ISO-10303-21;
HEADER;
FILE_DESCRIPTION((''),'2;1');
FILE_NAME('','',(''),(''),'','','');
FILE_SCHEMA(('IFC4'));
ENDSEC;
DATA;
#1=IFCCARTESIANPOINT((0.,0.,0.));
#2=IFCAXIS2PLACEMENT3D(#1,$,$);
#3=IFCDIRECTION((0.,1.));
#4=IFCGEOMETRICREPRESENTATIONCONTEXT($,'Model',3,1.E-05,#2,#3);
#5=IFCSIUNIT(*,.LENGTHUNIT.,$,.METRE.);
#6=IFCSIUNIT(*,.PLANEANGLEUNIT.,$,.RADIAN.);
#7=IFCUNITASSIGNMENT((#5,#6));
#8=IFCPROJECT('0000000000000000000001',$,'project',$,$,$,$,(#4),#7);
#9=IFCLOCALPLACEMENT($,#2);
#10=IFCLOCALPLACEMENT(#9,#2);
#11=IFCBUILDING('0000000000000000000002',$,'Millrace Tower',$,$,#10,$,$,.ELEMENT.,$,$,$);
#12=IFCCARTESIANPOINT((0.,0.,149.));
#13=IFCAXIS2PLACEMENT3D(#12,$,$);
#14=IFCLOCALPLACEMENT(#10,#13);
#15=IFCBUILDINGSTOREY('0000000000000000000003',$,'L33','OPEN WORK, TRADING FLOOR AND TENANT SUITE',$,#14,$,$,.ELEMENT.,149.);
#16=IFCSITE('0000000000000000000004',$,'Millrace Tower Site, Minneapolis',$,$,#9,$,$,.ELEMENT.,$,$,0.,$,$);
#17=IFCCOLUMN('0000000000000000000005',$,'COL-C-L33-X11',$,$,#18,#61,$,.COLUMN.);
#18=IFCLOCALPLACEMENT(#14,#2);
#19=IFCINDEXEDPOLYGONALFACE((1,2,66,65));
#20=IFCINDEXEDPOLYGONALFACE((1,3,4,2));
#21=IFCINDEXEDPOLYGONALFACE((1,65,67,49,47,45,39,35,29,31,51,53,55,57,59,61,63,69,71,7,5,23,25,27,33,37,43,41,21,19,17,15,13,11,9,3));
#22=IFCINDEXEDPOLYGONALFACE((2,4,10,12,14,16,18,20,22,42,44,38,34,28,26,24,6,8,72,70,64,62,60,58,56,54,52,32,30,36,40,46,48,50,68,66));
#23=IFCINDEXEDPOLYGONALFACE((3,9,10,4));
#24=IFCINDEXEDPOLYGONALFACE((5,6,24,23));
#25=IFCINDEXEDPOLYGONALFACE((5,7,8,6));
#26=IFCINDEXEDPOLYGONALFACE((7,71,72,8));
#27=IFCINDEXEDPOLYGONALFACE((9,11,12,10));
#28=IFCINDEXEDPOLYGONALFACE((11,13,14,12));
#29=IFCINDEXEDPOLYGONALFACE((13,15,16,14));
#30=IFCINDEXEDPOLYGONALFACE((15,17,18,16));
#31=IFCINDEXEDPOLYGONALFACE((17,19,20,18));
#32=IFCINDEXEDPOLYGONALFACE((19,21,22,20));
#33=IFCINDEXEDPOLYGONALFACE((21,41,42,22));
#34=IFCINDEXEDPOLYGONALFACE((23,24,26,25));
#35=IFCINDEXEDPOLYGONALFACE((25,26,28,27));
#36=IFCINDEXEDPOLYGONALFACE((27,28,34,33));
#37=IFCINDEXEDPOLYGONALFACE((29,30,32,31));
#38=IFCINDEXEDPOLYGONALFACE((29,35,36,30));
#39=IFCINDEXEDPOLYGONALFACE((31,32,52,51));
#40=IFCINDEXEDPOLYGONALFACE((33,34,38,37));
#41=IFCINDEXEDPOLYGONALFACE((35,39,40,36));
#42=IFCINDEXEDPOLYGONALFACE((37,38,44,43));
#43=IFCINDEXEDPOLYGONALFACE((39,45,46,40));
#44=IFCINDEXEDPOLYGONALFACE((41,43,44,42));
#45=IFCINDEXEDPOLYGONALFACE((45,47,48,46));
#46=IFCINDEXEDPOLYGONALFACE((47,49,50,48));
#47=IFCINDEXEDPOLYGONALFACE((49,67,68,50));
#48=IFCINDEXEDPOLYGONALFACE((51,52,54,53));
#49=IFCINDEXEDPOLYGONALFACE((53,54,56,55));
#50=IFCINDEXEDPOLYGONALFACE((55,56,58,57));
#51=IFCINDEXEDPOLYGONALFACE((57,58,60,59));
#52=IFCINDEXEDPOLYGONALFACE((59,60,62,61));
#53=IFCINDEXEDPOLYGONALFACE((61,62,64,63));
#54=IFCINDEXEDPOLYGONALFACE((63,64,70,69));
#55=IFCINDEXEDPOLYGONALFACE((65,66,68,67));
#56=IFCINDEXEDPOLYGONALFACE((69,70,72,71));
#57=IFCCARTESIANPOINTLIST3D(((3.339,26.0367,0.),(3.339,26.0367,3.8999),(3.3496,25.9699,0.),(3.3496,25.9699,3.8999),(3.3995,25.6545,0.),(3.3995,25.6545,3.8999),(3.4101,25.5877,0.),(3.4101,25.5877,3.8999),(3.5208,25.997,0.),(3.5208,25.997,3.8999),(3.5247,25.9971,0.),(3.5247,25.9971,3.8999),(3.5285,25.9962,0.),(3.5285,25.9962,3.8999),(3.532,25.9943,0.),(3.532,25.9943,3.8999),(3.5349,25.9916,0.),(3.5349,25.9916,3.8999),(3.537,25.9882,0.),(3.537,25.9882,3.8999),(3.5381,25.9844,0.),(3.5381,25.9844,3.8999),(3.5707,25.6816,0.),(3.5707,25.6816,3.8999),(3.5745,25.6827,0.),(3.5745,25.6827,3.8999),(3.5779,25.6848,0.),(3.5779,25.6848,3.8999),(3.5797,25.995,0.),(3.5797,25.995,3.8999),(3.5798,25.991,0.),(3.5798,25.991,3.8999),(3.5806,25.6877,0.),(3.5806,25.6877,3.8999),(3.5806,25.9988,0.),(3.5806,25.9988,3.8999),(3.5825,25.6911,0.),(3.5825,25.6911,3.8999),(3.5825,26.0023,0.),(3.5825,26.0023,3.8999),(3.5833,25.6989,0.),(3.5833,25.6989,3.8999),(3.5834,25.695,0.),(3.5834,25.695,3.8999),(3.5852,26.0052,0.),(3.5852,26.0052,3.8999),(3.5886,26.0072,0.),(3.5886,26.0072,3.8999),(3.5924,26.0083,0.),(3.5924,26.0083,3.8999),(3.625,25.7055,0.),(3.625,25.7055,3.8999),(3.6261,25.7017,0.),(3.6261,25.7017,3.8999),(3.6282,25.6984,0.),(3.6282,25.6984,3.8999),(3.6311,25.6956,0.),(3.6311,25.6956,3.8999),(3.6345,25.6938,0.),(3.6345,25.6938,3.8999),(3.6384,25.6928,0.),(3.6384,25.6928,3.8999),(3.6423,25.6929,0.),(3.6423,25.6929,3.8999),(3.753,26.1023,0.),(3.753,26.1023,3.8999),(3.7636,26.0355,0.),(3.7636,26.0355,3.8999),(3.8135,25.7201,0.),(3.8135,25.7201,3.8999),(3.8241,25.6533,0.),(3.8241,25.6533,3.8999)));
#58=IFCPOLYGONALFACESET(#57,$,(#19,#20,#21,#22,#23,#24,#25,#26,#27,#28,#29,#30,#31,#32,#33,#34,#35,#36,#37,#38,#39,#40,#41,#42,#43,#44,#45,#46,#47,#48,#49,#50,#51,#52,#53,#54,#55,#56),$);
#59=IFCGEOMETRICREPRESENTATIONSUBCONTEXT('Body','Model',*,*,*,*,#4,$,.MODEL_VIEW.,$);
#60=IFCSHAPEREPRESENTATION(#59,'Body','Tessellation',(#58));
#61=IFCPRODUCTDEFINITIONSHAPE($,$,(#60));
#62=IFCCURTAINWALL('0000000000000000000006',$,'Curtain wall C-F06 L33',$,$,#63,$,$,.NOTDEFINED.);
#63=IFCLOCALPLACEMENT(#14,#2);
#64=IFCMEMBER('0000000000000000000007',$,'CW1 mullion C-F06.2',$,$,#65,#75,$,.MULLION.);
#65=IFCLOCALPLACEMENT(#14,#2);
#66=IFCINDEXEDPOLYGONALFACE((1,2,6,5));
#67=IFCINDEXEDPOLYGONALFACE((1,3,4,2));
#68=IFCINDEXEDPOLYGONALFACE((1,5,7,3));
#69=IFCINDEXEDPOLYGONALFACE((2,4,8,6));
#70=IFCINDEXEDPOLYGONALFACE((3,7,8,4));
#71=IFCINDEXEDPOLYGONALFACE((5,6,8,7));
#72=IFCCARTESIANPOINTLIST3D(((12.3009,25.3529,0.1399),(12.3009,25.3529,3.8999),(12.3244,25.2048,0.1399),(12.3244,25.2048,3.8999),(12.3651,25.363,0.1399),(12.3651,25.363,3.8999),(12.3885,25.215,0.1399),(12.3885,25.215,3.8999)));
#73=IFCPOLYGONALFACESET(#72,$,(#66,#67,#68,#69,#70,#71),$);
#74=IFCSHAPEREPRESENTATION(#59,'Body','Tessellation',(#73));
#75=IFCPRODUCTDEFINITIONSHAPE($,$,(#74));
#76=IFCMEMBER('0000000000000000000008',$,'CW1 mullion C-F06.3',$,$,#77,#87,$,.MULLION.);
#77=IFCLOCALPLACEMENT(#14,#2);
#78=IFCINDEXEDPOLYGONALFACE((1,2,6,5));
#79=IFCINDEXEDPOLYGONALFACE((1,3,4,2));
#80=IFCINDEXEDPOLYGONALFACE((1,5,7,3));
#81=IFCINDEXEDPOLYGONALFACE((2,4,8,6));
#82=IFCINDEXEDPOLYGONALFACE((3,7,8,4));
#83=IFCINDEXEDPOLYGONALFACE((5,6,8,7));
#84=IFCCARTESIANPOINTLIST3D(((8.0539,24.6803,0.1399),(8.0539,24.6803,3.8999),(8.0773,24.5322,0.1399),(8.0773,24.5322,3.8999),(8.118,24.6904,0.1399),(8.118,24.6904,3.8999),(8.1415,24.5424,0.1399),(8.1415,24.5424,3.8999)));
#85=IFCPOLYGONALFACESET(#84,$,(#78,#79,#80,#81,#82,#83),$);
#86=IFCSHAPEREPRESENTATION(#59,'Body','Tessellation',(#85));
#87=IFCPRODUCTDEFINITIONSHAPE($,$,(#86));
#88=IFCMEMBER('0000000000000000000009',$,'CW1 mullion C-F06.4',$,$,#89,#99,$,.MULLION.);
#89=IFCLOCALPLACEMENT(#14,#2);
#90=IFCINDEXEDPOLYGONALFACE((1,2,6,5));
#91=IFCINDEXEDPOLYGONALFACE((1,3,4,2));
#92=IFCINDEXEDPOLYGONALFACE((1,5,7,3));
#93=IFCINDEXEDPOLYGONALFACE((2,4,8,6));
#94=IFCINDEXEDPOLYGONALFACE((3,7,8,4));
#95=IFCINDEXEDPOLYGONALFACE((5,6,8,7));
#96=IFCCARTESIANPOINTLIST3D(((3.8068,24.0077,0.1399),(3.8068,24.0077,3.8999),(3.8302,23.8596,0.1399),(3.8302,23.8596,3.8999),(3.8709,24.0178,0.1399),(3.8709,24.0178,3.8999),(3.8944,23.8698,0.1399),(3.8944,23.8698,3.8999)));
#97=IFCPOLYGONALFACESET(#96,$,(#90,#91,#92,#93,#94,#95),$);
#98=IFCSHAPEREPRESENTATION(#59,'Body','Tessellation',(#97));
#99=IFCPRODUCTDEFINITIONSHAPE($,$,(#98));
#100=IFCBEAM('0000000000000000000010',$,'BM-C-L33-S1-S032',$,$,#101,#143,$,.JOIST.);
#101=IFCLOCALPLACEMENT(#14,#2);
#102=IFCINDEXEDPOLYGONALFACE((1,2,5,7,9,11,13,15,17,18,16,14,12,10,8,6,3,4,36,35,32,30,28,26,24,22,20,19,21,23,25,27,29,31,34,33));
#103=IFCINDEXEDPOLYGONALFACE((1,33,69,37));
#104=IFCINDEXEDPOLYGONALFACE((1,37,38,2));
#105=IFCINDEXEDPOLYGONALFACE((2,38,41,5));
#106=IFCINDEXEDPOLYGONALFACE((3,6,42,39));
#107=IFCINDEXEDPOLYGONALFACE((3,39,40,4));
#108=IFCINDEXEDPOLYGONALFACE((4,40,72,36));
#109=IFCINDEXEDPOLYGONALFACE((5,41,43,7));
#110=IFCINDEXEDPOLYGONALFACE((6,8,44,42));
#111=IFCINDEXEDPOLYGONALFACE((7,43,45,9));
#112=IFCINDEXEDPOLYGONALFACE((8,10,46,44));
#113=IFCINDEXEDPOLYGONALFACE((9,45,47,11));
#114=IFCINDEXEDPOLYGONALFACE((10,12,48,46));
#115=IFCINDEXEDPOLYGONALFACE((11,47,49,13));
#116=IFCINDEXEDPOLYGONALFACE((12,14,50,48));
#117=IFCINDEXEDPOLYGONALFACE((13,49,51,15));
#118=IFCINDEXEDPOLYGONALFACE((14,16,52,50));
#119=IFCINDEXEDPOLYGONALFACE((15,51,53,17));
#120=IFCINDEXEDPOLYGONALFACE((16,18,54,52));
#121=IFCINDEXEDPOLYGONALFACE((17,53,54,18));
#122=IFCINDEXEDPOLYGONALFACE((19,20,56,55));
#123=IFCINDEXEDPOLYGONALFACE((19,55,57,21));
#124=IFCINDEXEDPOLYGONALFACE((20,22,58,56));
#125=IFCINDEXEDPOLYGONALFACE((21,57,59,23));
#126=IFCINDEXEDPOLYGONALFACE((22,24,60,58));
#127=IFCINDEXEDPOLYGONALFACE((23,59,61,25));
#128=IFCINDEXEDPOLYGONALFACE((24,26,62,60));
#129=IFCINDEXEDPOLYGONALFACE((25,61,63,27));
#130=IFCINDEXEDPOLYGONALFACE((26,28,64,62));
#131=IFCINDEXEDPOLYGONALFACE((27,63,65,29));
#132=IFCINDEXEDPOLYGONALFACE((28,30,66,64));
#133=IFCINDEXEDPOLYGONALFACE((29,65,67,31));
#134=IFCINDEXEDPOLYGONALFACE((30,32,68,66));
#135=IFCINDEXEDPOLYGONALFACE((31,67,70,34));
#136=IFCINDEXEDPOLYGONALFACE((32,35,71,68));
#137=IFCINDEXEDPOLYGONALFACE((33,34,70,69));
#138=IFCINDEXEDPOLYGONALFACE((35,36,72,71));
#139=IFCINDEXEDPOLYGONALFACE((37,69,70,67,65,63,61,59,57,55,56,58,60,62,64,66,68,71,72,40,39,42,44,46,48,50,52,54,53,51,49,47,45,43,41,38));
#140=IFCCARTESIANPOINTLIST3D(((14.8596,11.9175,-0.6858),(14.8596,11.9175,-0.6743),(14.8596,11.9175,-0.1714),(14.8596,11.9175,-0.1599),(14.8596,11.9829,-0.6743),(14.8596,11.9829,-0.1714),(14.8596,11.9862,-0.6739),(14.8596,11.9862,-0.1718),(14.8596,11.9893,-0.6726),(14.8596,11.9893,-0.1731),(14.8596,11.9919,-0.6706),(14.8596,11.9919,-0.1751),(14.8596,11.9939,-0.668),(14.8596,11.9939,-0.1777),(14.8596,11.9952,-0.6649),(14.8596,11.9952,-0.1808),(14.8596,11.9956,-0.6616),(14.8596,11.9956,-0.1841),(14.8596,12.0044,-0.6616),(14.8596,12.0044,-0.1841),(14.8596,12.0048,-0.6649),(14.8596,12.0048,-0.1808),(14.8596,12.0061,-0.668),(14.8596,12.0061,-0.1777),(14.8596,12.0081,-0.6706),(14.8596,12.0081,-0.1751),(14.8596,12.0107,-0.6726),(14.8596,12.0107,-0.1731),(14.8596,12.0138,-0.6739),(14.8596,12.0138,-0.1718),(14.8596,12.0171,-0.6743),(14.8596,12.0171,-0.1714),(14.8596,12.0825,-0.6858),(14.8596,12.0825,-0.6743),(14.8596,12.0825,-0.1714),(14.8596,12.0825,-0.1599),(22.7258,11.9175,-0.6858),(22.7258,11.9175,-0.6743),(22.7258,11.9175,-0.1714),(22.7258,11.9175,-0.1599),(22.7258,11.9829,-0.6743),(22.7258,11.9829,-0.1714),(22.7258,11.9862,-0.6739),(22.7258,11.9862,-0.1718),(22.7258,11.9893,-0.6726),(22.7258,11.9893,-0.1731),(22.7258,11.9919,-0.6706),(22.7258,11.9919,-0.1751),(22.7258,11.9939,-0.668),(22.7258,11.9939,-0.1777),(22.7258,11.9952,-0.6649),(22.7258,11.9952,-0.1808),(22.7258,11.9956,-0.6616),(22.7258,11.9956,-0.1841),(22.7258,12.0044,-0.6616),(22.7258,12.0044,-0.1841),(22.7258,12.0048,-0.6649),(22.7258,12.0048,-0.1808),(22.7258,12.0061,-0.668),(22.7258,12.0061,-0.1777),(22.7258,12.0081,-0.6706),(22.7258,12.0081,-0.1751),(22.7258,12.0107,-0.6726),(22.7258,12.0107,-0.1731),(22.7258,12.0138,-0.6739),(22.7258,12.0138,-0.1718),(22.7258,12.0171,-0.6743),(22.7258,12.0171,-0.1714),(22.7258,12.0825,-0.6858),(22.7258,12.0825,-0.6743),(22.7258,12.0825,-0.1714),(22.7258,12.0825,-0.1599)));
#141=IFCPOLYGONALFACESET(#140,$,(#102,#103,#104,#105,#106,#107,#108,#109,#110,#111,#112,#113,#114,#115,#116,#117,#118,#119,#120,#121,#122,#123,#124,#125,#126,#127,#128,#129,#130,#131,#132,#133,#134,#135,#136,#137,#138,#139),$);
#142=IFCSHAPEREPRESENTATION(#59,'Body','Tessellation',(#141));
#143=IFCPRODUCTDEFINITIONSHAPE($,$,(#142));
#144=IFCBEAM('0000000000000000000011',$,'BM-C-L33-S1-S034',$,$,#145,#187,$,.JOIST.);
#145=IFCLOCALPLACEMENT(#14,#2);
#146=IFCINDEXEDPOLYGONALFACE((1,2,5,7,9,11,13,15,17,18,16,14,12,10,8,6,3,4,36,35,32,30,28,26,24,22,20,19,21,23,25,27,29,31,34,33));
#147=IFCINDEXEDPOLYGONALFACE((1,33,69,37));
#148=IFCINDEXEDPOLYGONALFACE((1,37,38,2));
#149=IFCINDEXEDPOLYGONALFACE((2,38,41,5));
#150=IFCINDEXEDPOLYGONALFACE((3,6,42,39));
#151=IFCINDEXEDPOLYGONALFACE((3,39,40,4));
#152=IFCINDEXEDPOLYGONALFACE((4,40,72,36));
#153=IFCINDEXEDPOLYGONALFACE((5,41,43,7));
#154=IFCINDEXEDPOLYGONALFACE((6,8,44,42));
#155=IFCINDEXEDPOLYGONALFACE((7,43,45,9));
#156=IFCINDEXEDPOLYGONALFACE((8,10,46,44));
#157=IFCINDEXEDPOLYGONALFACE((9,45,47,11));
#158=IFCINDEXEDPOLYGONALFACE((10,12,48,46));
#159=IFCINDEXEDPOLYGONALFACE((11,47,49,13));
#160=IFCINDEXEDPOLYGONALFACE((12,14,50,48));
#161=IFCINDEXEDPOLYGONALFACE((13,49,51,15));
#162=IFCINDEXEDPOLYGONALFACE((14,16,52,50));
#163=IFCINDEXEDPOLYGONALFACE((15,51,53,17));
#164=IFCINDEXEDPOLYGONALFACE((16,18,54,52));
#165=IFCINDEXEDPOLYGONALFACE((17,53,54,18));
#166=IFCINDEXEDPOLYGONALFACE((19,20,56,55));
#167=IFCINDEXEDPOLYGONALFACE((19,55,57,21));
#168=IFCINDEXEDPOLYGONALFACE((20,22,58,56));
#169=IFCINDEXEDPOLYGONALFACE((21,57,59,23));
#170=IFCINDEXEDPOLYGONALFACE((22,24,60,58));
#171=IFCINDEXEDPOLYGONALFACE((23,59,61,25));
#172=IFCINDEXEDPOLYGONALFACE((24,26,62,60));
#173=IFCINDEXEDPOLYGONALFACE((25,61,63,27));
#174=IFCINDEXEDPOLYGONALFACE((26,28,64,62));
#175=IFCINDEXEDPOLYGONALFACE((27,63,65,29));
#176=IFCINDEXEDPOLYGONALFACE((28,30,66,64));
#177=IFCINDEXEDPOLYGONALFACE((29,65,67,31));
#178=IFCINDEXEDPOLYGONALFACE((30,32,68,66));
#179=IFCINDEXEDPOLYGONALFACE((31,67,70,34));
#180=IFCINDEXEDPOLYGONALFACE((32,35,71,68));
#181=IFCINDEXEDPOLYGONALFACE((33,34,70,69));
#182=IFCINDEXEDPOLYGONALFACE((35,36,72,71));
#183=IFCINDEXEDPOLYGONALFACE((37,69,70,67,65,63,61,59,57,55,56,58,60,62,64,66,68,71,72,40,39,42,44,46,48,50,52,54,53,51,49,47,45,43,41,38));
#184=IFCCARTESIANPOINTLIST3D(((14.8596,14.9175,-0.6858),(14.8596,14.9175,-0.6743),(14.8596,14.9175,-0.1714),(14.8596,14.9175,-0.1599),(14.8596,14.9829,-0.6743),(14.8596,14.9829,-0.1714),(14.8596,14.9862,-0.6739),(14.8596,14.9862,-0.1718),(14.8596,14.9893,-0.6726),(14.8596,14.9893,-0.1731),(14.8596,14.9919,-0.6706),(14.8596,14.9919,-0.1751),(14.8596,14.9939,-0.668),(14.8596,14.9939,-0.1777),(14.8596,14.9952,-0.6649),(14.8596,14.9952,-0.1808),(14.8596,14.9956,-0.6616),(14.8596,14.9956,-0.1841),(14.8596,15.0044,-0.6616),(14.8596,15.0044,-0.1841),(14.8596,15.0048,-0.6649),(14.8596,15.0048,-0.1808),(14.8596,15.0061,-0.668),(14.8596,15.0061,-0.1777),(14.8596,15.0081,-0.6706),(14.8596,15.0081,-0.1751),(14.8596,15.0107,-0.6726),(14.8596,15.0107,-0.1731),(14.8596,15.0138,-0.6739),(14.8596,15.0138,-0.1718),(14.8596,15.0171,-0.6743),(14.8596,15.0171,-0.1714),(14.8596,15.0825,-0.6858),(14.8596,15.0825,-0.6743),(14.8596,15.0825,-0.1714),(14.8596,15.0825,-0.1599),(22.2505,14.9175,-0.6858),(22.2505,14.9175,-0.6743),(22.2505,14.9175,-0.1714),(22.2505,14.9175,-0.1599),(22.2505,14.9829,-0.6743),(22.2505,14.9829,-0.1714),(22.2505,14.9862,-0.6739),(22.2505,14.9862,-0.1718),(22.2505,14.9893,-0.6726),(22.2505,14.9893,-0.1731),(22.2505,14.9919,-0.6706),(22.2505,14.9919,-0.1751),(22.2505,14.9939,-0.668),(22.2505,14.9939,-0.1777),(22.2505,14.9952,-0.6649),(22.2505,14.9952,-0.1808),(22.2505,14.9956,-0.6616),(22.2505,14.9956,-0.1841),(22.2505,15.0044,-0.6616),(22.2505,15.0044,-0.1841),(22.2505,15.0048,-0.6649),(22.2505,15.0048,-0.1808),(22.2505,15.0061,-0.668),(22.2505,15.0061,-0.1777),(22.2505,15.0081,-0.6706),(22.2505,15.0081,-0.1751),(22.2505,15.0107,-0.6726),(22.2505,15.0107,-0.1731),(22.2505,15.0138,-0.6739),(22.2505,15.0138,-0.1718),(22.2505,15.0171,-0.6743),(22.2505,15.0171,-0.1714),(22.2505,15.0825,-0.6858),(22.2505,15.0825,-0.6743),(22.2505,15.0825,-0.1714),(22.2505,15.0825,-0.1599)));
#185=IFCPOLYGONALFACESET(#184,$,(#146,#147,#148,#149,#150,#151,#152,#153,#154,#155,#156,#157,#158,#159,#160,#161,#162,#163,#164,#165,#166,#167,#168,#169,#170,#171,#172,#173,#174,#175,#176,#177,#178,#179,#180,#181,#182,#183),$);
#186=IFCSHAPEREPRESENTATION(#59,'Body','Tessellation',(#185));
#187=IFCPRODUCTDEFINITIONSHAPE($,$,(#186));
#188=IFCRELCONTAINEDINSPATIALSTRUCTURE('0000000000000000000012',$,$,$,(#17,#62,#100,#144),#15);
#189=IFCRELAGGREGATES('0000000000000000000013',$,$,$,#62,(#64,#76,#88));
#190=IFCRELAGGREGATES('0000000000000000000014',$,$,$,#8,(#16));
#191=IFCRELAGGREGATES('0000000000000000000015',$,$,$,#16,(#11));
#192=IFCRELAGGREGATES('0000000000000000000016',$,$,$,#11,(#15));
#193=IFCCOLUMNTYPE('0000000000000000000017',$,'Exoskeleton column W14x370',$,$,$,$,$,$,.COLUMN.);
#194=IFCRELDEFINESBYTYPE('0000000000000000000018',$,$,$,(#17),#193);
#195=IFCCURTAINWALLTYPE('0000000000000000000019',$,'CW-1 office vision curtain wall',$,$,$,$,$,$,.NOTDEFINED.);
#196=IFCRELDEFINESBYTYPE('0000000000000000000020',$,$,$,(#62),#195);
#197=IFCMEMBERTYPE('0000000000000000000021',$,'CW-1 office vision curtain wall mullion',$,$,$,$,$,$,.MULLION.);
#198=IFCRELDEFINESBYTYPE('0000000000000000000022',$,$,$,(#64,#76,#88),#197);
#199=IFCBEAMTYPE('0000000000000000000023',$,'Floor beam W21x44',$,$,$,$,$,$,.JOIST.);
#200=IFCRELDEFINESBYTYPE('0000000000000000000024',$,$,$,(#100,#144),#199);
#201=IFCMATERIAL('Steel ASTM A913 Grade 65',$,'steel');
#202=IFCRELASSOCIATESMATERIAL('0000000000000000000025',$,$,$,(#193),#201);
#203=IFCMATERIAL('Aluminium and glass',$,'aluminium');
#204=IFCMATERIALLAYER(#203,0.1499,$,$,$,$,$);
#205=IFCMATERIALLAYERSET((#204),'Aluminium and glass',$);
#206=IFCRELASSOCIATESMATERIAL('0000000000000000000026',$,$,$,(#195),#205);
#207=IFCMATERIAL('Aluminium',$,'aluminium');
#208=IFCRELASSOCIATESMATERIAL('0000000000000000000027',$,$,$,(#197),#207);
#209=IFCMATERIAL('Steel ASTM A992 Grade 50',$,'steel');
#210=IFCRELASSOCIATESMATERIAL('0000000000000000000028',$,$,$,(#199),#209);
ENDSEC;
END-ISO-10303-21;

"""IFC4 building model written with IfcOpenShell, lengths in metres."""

from ifc_helpers import new_model, si_unit, direction, frame, origin, origin_2d, place, context, subcontext, project, spatial, rectangle, i_section, extrude, material, layer, layer_set, material_profile, profile_set, type_object, element, aggregate, save


model = new_model("IFC4")

# Units and contexts
model_context = context("Model", 3, precision=1e-05, world=origin(), true_north=direction((0.0, 1.0)))
body_context = subcontext(model_context, "Body", "Model", "MODEL_VIEW")
ifc_project = project(units=[si_unit("LENGTHUNIT", "METRE"), si_unit("PLANEANGLEUNIT", "RADIAN")], contexts=[model_context])

# Site, building, storey
site_placement = place(None, origin())
site = spatial("IfcSite", under=ifc_project, at=site_placement, Name="Millrace Tower Site, Minneapolis", CompositionType="ELEMENT", RefElevation=0.0)
building_placement = place(site_placement, origin())
building = spatial("IfcBuilding", under=site, at=building_placement, Name="Millrace Tower", CompositionType="ELEMENT")
storey_placement = place(building_placement, frame((0.0, 0.0, 149.0)))
storey = spatial("IfcBuildingStorey", under=building, at=storey_placement, Name="L33", Description="OPEN WORK, TRADING FLOOR AND TENANT SUITE", CompositionType="ELEMENT", Elevation=149.0)

# Column
ifc_material_1 = material(Name="Steel ASTM A913 Grade 65", Category="steel")
ifc_material_profile_1 = material_profile(ifc_material_1, i_section(OverallWidth=0.4192, OverallDepth=0.4546, WebThickness=0.0422, FlangeThickness=0.0676, FilletRadius=0.0151, at=origin_2d()))
ifc_profile_set_1 = profile_set([ifc_material_profile_1], Name="Steel ASTM A913 Grade 65")
column_type = type_object("IfcColumnType", Name="Exoskeleton column W14x370", PredefinedType="COLUMN", material=ifc_profile_set_1)
column_placement = place(storey_placement, frame((3.5815, 25.845, 0.0), z_axis=(0.0, 0.0, 1.0), x_axis=(-0.987688, -0.156434, 0.0)))
element("IfcColumn", 1, at=column_placement, inside=storey, type_object=column_type, Name="COL-C-L33-X11", PredefinedType="COLUMN", context=body_context, shape_type="SweptSolid", body=[
    extrude(i_section(OverallWidth=0.4192, OverallDepth=0.4546, WebThickness=0.0422, FlangeThickness=0.0676, FilletRadius=0.0151, at=origin_2d()), origin(), (0.0, 0.0, 1.0), 3.8999),
])

# Curtain wall, members
ifc_material_2 = material(Name="Aluminium and glass", Category="aluminium")
ifc_layer_1 = layer(ifc_material_2, 0.1499)
ifc_layer_set_1 = layer_set([ifc_layer_1], Name="Aluminium and glass")
curtain_wall_type = type_object("IfcCurtainWallType", Name="CW-1 office vision curtain wall", PredefinedType="NOTDEFINED", material=ifc_layer_set_1)
curtain_wall_placement = place(storey_placement, origin())
curtain_wall = element("IfcCurtainWall", 2, at=curtain_wall_placement, inside=storey, type_object=curtain_wall_type, Name="Curtain wall C-F06 L33", PredefinedType="NOTDEFINED")
ifc_material_3 = material(Name="Aluminium", Category="aluminium")
ifc_material_profile_2 = material_profile(ifc_material_3, rectangle(XDim=0.0649, YDim=0.1499, at=origin_2d()))
ifc_profile_set_2 = profile_set([ifc_material_profile_2], Name="Aluminium")
member_type = type_object("IfcMemberType", Name="CW-1 office vision curtain wall mullion", PredefinedType="MULLION", material=ifc_profile_set_2)
member_1_placement = place(storey_placement, frame((12.3447, 25.2839, 0.1399), z_axis=(0.0, 0.0, 1.0), x_axis=(-0.987688, -0.156434, 0.0)))
member_1 = element("IfcMember", 3, at=member_1_placement, type_object=member_type, Name="CW1 mullion C-F06.2", PredefinedType="MULLION", context=body_context, shape_type="SweptSolid", body=[
    extrude(rectangle(XDim=0.0649, YDim=0.1499, at=origin_2d()), origin(), (0.0, 0.0, 1.0), 3.76),
])
member_2_placement = place(storey_placement, frame((8.0977, 24.6113, 0.1399), z_axis=(0.0, 0.0, 1.0), x_axis=(-0.987688, -0.156434, 0.0)))
member_2 = element("IfcMember", 4, at=member_2_placement, type_object=member_type, Name="CW1 mullion C-F06.3", PredefinedType="MULLION", context=body_context, shape_type="SweptSolid", body=[
    extrude(rectangle(XDim=0.0649, YDim=0.1499, at=origin_2d()), origin(), (0.0, 0.0, 1.0), 3.76),
])
member_3_placement = place(storey_placement, frame((3.8506, 23.9387, 0.1399), z_axis=(0.0, 0.0, 1.0), x_axis=(-0.987688, -0.156434, 0.0)))
member_3 = element("IfcMember", 5, at=member_3_placement, type_object=member_type, Name="CW1 mullion C-F06.4", PredefinedType="MULLION", context=body_context, shape_type="SweptSolid", body=[
    extrude(rectangle(XDim=0.0649, YDim=0.1499, at=origin_2d()), origin(), (0.0, 0.0, 1.0), 3.76),
])
aggregate(curtain_wall, [member_1, member_2, member_3])

# Beams
ifc_material_4 = material(Name="Steel ASTM A992 Grade 50", Category="steel")
ifc_material_profile_3 = material_profile(ifc_material_4, i_section(OverallWidth=0.165, OverallDepth=0.5259, WebThickness=0.0088, FlangeThickness=0.0115, FilletRadius=0.0127, at=origin_2d()))
ifc_profile_set_3 = profile_set([ifc_material_profile_3], Name="Steel ASTM A992 Grade 50")
beam_type_1 = type_object("IfcBeamType", Name="Floor beam W21x44", PredefinedType="JOIST", material=ifc_profile_set_3)
beam_1_placement = place(storey_placement, frame((14.8596, 12.0, -0.4229), z_axis=(1.0, 0.0, 0.0), x_axis=(0.0, 1.0, 0.0)))
element("IfcBeam", 6, at=beam_1_placement, inside=storey, type_object=beam_type_1, Name="BM-C-L33-S1-S032", PredefinedType="JOIST", context=body_context, shape_type="SweptSolid", body=[
    extrude(i_section(OverallWidth=0.165, OverallDepth=0.5259, WebThickness=0.0088, FlangeThickness=0.0115, FilletRadius=0.0127, at=origin_2d()), origin(), (0.0, 0.0, 1.0), 7.8662),
])
beam_2_placement = place(storey_placement, frame((14.8596, 15.0, -0.4229), z_axis=(1.0, 0.0, 0.0), x_axis=(0.0, 1.0, 0.0)))
element("IfcBeam", 7, at=beam_2_placement, inside=storey, type_object=beam_type_1, Name="BM-C-L33-S1-S034", PredefinedType="JOIST", context=body_context, shape_type="SweptSolid", body=[
    extrude(i_section(OverallWidth=0.165, OverallDepth=0.5259, WebThickness=0.0088, FlangeThickness=0.0115, FilletRadius=0.0127, at=origin_2d()), origin(), (0.0, 0.0, 1.0), 7.3909),
])

save(model, "model.ifc")
